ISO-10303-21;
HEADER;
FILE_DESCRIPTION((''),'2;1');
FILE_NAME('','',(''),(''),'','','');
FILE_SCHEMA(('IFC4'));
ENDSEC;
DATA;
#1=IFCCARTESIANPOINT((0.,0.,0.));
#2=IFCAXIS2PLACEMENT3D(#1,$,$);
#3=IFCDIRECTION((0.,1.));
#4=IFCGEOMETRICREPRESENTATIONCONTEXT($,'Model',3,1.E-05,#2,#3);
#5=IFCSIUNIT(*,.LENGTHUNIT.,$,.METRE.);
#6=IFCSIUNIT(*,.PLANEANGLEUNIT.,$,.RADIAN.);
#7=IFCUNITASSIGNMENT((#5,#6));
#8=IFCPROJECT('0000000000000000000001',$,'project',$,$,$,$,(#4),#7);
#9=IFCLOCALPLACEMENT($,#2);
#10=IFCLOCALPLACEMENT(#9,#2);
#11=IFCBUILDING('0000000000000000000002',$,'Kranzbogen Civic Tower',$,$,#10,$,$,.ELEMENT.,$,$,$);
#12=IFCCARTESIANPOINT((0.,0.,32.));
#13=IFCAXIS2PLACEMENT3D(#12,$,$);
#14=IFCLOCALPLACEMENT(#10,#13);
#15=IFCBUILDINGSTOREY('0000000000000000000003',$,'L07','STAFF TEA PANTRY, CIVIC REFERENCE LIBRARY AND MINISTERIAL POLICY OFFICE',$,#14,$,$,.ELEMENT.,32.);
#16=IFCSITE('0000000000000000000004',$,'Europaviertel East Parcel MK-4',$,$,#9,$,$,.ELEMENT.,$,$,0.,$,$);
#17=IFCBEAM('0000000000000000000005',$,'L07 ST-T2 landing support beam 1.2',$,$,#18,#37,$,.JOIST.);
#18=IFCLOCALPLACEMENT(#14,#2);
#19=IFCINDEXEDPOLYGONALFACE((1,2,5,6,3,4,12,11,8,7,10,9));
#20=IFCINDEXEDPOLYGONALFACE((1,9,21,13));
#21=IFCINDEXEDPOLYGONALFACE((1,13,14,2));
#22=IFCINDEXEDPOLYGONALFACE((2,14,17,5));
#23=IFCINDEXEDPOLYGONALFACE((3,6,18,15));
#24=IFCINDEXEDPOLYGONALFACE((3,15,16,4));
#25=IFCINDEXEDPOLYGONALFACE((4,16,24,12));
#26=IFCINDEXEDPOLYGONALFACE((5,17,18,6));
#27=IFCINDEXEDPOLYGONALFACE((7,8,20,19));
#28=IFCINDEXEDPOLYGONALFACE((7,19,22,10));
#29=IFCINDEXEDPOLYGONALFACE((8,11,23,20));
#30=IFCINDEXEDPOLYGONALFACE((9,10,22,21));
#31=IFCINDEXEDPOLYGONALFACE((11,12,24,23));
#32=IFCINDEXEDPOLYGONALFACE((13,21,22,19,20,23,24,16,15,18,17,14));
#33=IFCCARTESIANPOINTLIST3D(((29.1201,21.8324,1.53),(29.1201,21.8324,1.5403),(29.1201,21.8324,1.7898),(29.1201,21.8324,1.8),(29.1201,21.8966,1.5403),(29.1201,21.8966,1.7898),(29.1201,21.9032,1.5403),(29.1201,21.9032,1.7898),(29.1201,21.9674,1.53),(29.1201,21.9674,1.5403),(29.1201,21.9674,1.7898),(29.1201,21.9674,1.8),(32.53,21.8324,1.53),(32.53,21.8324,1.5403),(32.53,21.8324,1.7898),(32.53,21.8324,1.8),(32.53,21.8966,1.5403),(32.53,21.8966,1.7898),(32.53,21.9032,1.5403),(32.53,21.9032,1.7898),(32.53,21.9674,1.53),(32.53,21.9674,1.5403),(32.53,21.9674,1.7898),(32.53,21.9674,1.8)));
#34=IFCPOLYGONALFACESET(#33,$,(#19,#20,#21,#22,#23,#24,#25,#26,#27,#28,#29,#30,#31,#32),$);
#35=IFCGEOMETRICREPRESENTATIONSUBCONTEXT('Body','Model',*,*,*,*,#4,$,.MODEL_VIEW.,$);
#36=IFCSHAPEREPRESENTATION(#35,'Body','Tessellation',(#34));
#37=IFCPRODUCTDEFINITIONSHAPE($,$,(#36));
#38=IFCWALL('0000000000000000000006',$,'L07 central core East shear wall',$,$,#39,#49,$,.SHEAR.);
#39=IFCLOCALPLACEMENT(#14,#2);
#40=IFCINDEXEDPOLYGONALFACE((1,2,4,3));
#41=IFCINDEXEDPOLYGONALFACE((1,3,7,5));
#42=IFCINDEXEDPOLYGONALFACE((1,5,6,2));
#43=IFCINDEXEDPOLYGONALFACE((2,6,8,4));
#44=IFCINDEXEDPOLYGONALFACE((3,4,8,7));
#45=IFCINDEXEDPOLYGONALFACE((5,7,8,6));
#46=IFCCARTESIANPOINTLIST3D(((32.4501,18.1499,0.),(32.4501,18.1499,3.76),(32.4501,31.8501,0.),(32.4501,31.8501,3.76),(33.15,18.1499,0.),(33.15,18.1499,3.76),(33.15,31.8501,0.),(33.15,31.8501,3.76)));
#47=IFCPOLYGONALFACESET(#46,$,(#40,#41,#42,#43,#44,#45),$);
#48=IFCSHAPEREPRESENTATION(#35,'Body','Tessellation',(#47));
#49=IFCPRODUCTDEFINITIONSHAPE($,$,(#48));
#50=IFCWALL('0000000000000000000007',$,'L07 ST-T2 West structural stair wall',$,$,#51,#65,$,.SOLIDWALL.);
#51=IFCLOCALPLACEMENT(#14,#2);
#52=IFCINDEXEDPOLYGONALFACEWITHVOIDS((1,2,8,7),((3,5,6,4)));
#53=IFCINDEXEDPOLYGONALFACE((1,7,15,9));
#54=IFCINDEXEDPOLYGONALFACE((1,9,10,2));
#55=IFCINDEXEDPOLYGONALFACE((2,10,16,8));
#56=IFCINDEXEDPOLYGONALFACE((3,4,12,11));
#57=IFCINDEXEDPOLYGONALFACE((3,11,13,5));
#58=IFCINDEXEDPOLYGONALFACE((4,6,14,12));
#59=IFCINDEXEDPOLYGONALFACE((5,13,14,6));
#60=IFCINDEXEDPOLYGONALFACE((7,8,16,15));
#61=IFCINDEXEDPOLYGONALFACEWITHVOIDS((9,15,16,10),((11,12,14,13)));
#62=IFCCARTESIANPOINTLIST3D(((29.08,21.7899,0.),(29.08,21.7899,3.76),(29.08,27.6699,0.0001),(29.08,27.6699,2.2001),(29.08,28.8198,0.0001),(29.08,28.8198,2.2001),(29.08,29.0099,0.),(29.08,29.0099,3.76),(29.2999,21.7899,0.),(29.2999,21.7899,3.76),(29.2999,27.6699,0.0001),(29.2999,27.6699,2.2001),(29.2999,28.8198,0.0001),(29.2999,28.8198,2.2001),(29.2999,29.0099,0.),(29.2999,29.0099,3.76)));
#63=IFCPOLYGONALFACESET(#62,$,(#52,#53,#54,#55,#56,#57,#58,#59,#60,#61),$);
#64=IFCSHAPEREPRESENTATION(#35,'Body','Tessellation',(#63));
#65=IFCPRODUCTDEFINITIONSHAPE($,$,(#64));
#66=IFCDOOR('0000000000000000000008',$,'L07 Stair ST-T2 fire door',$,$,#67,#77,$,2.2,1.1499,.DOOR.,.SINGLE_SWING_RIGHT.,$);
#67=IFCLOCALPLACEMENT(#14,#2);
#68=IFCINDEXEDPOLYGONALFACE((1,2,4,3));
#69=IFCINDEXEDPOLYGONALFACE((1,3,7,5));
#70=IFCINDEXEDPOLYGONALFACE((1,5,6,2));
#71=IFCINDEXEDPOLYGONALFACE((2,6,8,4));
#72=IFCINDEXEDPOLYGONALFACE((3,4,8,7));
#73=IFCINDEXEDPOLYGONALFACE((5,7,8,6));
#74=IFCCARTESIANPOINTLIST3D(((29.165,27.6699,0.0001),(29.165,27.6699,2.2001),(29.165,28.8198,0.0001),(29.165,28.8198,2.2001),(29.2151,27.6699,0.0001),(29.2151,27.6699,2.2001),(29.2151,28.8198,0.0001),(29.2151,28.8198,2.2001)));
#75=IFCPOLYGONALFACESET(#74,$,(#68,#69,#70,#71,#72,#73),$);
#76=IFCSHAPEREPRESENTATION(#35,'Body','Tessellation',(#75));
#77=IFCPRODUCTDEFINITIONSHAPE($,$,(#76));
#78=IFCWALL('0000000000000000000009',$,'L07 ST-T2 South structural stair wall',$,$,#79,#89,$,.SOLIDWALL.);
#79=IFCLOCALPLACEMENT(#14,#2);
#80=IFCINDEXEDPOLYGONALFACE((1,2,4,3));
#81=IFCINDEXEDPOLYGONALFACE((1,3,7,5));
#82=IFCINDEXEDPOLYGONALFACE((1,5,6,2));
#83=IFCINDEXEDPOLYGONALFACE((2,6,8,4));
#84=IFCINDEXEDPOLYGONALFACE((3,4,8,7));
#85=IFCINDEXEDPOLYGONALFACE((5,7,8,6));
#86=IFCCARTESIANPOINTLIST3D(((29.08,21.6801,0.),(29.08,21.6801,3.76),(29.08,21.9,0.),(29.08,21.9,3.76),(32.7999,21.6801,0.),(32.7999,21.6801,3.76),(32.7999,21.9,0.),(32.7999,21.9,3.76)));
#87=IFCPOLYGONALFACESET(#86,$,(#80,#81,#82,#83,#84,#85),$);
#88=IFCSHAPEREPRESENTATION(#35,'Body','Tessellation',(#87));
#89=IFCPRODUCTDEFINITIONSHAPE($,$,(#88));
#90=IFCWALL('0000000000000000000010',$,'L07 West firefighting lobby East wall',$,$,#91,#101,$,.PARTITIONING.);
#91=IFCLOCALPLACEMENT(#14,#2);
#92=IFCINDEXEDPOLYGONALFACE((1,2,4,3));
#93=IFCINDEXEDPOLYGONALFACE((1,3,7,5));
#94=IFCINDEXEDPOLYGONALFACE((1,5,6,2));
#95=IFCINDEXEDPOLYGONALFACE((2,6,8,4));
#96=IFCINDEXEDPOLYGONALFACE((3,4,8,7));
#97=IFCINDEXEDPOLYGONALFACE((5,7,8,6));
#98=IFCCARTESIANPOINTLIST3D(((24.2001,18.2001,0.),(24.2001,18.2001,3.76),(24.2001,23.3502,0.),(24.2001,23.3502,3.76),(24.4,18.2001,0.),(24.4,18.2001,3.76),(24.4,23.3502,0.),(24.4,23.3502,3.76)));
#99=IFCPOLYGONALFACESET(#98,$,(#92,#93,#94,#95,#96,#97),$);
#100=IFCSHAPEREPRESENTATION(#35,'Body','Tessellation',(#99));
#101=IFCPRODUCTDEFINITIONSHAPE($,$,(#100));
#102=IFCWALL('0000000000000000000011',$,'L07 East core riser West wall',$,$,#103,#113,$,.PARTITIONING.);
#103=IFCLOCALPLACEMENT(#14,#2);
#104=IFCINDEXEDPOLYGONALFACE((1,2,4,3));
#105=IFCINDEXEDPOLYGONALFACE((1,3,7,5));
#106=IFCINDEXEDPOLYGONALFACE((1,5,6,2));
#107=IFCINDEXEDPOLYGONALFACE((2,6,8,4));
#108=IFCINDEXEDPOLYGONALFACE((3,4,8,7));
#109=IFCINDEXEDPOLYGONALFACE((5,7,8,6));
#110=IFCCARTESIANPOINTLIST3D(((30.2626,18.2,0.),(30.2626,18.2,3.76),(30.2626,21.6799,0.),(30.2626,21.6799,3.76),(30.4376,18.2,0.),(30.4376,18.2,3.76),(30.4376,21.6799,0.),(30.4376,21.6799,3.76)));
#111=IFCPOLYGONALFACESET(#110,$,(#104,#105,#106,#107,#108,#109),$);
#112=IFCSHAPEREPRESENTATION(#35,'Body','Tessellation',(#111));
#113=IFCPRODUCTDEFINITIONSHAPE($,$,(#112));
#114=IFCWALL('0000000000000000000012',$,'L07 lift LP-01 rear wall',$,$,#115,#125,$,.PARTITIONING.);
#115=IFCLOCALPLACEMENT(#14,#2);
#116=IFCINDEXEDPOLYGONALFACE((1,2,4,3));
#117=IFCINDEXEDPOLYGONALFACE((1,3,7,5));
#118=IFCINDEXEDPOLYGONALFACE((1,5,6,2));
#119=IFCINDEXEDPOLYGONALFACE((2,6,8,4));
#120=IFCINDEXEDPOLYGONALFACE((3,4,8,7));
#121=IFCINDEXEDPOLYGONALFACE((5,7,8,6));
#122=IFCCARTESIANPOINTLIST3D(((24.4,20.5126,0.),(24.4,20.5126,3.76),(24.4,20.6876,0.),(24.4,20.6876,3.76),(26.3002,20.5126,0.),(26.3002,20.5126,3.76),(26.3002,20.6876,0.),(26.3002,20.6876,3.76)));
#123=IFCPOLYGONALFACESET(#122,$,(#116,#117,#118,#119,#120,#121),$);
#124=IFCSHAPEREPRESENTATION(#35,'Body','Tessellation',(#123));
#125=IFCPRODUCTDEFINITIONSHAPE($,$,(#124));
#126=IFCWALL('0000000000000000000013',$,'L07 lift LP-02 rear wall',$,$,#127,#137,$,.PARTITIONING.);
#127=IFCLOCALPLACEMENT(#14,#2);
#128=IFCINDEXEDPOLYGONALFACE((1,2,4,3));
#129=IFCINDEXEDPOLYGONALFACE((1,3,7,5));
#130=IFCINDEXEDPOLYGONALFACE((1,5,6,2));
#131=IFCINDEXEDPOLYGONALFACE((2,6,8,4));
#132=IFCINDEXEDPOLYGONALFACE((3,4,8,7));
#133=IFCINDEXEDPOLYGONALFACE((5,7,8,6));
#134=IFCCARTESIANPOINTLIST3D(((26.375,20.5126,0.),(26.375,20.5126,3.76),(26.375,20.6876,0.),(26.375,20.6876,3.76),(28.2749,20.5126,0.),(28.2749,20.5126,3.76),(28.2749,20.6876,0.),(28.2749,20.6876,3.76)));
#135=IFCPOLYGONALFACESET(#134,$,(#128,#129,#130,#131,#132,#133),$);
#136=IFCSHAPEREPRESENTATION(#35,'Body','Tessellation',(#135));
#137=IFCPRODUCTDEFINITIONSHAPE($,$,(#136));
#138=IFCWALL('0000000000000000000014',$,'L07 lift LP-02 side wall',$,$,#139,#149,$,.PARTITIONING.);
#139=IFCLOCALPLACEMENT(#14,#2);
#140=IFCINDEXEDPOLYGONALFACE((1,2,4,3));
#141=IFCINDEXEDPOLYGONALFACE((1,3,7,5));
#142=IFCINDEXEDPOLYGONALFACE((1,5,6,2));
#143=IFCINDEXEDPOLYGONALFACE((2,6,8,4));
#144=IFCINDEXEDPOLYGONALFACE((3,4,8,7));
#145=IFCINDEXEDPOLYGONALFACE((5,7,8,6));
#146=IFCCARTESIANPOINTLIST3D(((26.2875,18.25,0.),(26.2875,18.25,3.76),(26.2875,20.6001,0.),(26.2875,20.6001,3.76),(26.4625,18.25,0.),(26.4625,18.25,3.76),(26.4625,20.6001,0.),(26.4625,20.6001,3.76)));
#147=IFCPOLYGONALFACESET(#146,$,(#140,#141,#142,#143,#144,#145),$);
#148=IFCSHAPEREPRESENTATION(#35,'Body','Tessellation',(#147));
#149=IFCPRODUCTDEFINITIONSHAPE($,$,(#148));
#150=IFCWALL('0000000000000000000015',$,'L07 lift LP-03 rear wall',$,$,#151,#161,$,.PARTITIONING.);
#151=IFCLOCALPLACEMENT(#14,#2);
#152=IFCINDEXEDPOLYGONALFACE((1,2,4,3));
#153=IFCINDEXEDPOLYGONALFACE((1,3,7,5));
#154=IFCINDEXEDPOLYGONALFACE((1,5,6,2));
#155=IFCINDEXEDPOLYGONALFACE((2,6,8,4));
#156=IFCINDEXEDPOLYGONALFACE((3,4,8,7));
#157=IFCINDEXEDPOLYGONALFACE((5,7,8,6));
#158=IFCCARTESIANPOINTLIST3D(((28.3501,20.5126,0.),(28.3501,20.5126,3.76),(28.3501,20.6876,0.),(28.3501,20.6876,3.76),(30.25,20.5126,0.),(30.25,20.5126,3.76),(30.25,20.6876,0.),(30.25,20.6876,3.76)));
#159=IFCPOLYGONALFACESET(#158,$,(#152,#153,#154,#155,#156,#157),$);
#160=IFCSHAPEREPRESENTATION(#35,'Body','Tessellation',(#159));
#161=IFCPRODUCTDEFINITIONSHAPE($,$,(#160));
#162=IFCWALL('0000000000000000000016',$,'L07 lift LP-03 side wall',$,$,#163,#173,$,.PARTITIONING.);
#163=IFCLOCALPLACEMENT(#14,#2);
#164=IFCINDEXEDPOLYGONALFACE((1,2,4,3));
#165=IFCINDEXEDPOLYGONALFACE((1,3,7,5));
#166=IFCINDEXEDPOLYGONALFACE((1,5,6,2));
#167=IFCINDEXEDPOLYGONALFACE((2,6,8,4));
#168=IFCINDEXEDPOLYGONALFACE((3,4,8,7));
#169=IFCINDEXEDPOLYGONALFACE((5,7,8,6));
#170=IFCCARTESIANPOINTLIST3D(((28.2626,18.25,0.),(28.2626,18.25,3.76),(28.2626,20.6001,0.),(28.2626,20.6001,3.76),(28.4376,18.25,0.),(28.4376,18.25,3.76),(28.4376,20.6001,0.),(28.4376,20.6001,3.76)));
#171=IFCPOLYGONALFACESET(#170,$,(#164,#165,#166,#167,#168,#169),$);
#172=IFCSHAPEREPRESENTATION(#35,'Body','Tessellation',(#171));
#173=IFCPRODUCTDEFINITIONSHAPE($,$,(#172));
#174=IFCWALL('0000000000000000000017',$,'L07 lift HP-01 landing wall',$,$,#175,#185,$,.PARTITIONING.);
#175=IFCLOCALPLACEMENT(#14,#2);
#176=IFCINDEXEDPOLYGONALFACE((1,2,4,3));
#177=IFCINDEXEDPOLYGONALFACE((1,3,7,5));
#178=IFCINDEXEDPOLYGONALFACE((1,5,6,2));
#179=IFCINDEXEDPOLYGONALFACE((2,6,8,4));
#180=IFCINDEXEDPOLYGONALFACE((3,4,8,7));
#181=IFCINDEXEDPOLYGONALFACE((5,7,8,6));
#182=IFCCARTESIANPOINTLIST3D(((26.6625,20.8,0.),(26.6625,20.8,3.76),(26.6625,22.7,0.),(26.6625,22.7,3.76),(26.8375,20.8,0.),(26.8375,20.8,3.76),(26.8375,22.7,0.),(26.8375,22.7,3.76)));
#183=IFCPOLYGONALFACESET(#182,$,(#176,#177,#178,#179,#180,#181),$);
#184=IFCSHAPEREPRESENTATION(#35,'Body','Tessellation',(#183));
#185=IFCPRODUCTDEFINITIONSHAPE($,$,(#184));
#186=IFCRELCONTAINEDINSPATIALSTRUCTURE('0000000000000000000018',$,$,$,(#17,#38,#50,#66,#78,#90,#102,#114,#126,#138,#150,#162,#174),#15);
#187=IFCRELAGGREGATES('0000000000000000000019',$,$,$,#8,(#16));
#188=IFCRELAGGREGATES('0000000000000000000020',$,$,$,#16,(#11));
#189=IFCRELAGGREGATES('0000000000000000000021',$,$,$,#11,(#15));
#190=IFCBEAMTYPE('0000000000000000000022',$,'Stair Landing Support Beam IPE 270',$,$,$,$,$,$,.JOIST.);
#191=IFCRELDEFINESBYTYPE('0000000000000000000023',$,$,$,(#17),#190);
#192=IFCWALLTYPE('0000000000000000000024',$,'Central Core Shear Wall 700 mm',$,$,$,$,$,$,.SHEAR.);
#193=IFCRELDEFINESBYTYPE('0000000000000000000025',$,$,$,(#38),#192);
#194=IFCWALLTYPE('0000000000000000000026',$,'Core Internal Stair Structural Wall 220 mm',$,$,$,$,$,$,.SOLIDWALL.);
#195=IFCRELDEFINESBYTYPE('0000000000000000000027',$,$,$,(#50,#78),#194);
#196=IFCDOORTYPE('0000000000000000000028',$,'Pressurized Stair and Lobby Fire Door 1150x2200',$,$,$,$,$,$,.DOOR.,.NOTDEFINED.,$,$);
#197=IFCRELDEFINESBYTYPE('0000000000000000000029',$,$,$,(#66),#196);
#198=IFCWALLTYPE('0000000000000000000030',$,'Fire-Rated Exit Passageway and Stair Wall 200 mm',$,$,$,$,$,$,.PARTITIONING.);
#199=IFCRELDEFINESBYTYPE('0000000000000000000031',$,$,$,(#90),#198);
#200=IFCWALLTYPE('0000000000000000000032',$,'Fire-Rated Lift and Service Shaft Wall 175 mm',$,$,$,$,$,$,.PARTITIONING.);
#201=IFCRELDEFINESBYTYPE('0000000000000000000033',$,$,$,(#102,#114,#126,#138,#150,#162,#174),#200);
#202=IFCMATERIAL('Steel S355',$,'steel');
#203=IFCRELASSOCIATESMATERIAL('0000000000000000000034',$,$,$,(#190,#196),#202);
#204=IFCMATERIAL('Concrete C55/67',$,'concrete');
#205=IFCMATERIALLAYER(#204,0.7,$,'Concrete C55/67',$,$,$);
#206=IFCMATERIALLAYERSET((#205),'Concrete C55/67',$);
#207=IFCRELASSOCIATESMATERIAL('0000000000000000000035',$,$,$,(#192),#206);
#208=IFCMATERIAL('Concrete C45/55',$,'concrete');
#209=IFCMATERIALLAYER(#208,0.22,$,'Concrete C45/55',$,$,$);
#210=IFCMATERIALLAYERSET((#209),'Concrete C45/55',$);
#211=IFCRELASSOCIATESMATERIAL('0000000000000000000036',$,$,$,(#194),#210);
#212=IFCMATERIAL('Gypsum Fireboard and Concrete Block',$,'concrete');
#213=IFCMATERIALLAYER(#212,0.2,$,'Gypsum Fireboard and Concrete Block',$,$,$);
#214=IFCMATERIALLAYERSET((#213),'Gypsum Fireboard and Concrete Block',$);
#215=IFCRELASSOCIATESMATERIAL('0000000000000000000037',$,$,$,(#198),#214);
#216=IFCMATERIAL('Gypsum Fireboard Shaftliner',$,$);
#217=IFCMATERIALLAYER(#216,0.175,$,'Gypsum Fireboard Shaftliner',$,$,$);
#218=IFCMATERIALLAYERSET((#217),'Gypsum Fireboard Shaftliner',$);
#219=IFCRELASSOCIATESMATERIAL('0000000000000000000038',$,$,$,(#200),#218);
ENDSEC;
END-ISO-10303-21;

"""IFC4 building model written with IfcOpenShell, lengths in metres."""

from ifc_helpers import new_model, si_unit, direction, frame, frame_2d, origin, origin_2d, place, context, subcontext, project, spatial, rectangle, i_section, extrude, material, layer, layer_set, material_profile, profile_set, type_object, element, fill, save


model = new_model("IFC4")

# Units and contexts
model_context = context("Model", 3, precision=1e-05, world=origin(), true_north=direction((0.0, 1.0)))
body_context = subcontext(model_context, "Body", "Model", "MODEL_VIEW")
ifc_project = project(units=[si_unit("LENGTHUNIT", "METRE"), si_unit("PLANEANGLEUNIT", "RADIAN")], contexts=[model_context])

# Site, building, storey
site_placement = place(None, origin())
site = spatial("IfcSite", under=ifc_project, at=site_placement, Name="Europaviertel East Parcel MK-4", CompositionType="ELEMENT", RefElevation=0.0)
building_placement = place(site_placement, origin())
building = spatial("IfcBuilding", under=site, at=building_placement, Name="Kranzbogen Civic Tower", CompositionType="ELEMENT")
storey_placement = place(building_placement, frame((0.0, 0.0, 32.0)))
storey = spatial("IfcBuildingStorey", under=building, at=storey_placement, Name="L07", Description="STAFF TEA PANTRY, CIVIC REFERENCE LIBRARY AND MINISTERIAL POLICY OFFICE", CompositionType="ELEMENT", Elevation=32.0)

# Beam
ifc_material_1 = material(Name="Steel S355", Category="steel")
ifc_material_profile = material_profile(ifc_material_1, i_section(OverallWidth=0.135, OverallDepth=0.27, WebThickness=0.0066, FlangeThickness=0.0103, at=origin_2d()), Name="IPE 270")
ifc_profile_set = profile_set([ifc_material_profile], Name="Steel S355")
beam_type = type_object("IfcBeamType", Name="Stair Landing Support Beam IPE 270", PredefinedType="JOIST", material=ifc_profile_set)
beam_placement = place(storey_placement, frame((29.1201, 21.8999, 1.665), z_axis=(1.0, 0.0, 0.0), x_axis=(0.0, 1.0, 0.0)))
element("IfcBeam", 1, at=beam_placement, inside=storey, type_object=beam_type, Name="L07 ST-T2 landing support beam 1.2", PredefinedType="JOIST", context=body_context, shape_type="SweptSolid", body=[
    extrude(i_section(OverallWidth=0.135, OverallDepth=0.27, WebThickness=0.0066, FlangeThickness=0.0103, at=origin_2d()), origin(), (0.0, 0.0, 1.0), 3.4099),
])

# Wall
ifc_material_2 = material(Name="Concrete C55/67", Category="concrete")
ifc_layer_1 = layer(ifc_material_2, 0.7, Name="Concrete C55/67")
ifc_layer_set_1 = layer_set([ifc_layer_1], Name="Concrete C55/67")
wall_type_1 = type_object("IfcWallType", Name="Central Core Shear Wall 700 mm", PredefinedType="SHEAR", material=ifc_layer_set_1)
wall_1_placement = place(storey_placement, frame((32.8, 18.1499, 0.0), z_axis=(0.0, 0.0, 1.0), x_axis=(0.0, 1.0, 0.0)))
element("IfcWall", 2, at=wall_1_placement, inside=storey, type_object=wall_type_1, Name="L07 central core East shear wall", PredefinedType="SHEAR", context=body_context, shape_type="SweptSolid", body=[
    extrude(rectangle(XDim=13.7002, YDim=0.7, at=frame_2d((6.8501, 0.0))), origin(), (0.0, 0.0, 1.0), 3.76),
])

# Wall, opening, door
ifc_material_3 = material(Name="Concrete C45/55", Category="concrete")
ifc_layer_2 = layer(ifc_material_3, 0.22, Name="Concrete C45/55")
ifc_layer_set_2 = layer_set([ifc_layer_2], Name="Concrete C45/55")
wall_type_2 = type_object("IfcWallType", Name="Core Internal Stair Structural Wall 220 mm", PredefinedType="SOLIDWALL", material=ifc_layer_set_2)
wall_2_placement = place(storey_placement, frame((29.1899, 21.79, 0.0), z_axis=(0.0, 0.0, 1.0), x_axis=(0.0, 1.0, 0.0)))
wall_2 = element("IfcWall", 3, at=wall_2_placement, inside=storey, type_object=wall_type_2, Name="L07 ST-T2 West structural stair wall", PredefinedType="SOLIDWALL", context=body_context, shape_type="SweptSolid", body=[
    extrude(rectangle(XDim=7.22, YDim=0.22, at=frame_2d((3.6099, 0.0))), origin(), (0.0, 0.0, 1.0), 3.76),
])
opening_1_placement = place(wall_2_placement, frame((5.8799, 0.0, 0.0)))
opening_1 = element("IfcOpeningElement", 4, at=opening_1_placement, cuts=wall_2, PredefinedType="OPENING", context=body_context, shape_type="SweptSolid", body=[
    extrude(rectangle(XDim=1.1499, YDim=2.2, at=frame_2d((0.575, 1.1001))), frame((0.0, 0.1201, 0.0), z_axis=(0.0, -1.0, 0.0), x_axis=(1.0, 0.0, 0.0)), (0.0, 0.0, 1.0), 0.24),
])
door_type_1 = type_object("IfcDoorType", Name="Pressurized Stair and Lobby Fire Door 1150x2200", OperationType="NOTDEFINED", PredefinedType="DOOR", material=ifc_material_1)
door_1_placement = place(opening_1_placement, origin())
door_1 = element("IfcDoor", 5, at=door_1_placement, inside=storey, type_object=door_type_1, Name="L07 Stair ST-T2 fire door", OperationType="SINGLE_SWING_RIGHT", OverallHeight=2.2, OverallWidth=1.1499, PredefinedType="DOOR", context=body_context, shape_type="SweptSolid", body=[
    extrude(rectangle(XDim=1.1499, YDim=2.2, at=frame_2d((0.575, 1.1001))), frame((0.0, 0.0249, 0.0), z_axis=(0.0, -1.0, 0.0), x_axis=(1.0, 0.0, 0.0)), (0.0, 0.0, 1.0), 0.05),
])
fill(opening_1, door_1)

# Walls
wall_3_placement = place(storey_placement, frame((29.0801, 21.79, 0.0), z_axis=(0.0, 0.0, 1.0), x_axis=(1.0, 0.0, 0.0)))
element("IfcWall", 6, at=wall_3_placement, inside=storey, type_object=wall_type_2, Name="L07 ST-T2 South structural stair wall", PredefinedType="SOLIDWALL", context=body_context, shape_type="SweptSolid", body=[
    extrude(rectangle(XDim=3.72, YDim=0.22, at=frame_2d((1.8599, 0.0))), origin(), (0.0, 0.0, 1.0), 3.76),
])
ifc_material_4 = material(Name="Gypsum Fireboard and Concrete Block", Category="concrete")
ifc_layer_3 = layer(ifc_material_4, 0.2, Name="Gypsum Fireboard and Concrete Block")
ifc_layer_set_3 = layer_set([ifc_layer_3], Name="Gypsum Fireboard and Concrete Block")
wall_type_3 = type_object("IfcWallType", Name="Fire-Rated Exit Passageway and Stair Wall 200 mm", PredefinedType="PARTITIONING", material=ifc_layer_set_3)
wall_4_placement = place(storey_placement, frame((24.3, 18.2, 0.0), z_axis=(0.0, 0.0, 1.0), x_axis=(0.0, 1.0, 0.0)))
element("IfcWall", 7, at=wall_4_placement, inside=storey, type_object=wall_type_3, Name="L07 West firefighting lobby East wall", PredefinedType="PARTITIONING", context=body_context, shape_type="SweptSolid", body=[
    extrude(rectangle(XDim=5.1501, YDim=0.2, at=frame_2d((2.5752, 0.0))), origin(), (0.0, 0.0, 1.0), 3.76),
])
ifc_material_5 = material(Name="Gypsum Fireboard Shaftliner")
ifc_layer_4 = layer(ifc_material_5, 0.175, Name="Gypsum Fireboard Shaftliner")
ifc_layer_set_4 = layer_set([ifc_layer_4], Name="Gypsum Fireboard Shaftliner")
wall_type_4 = type_object("IfcWallType", Name="Fire-Rated Lift and Service Shaft Wall 175 mm", PredefinedType="PARTITIONING", material=ifc_layer_set_4)
wall_5_placement = place(storey_placement, frame((30.3501, 18.2, 0.0), z_axis=(0.0, 0.0, 1.0), x_axis=(0.0, 1.0, 0.0)))
element("IfcWall", 8, at=wall_5_placement, inside=storey, type_object=wall_type_4, Name="L07 East core riser West wall", PredefinedType="PARTITIONING", context=body_context, shape_type="SweptSolid", body=[
    extrude(rectangle(XDim=3.48, YDim=0.175, at=frame_2d((1.74, 0.0))), origin(), (0.0, 0.0, 1.0), 3.76),
])
wall_6_placement = place(storey_placement, frame((24.3999, 20.6001, 0.0), z_axis=(0.0, 0.0, 1.0), x_axis=(1.0, 0.0, 0.0)))
element("IfcWall", 9, at=wall_6_placement, inside=storey, type_object=wall_type_4, Name="L07 lift LP-01 rear wall", PredefinedType="PARTITIONING", context=body_context, shape_type="SweptSolid", body=[
    extrude(rectangle(XDim=1.9001, YDim=0.175, at=frame_2d((0.9502, 0.0))), origin(), (0.0, 0.0, 1.0), 3.76),
])
wall_7_placement = place(storey_placement, frame((26.375, 20.6001, 0.0), z_axis=(0.0, 0.0, 1.0), x_axis=(1.0, 0.0, 0.0)))
element("IfcWall", 10, at=wall_7_placement, inside=storey, type_object=wall_type_4, Name="L07 lift LP-02 rear wall", PredefinedType="PARTITIONING", context=body_context, shape_type="SweptSolid", body=[
    extrude(rectangle(XDim=1.8999, YDim=0.175, at=frame_2d((0.95, 0.0))), origin(), (0.0, 0.0, 1.0), 3.76),
])
wall_8_placement = place(storey_placement, frame((26.375, 18.25, 0.0), z_axis=(0.0, 0.0, 1.0), x_axis=(0.0, 1.0, 0.0)))
element("IfcWall", 11, at=wall_8_placement, inside=storey, type_object=wall_type_4, Name="L07 lift LP-02 side wall", PredefinedType="PARTITIONING", context=body_context, shape_type="SweptSolid", body=[
    extrude(rectangle(XDim=2.3501, YDim=0.175, at=frame_2d((1.175, 0.0))), origin(), (0.0, 0.0, 1.0), 3.76),
])
wall_9_placement = place(storey_placement, frame((28.3501, 20.6001, 0.0), z_axis=(0.0, 0.0, 1.0), x_axis=(1.0, 0.0, 0.0)))
element("IfcWall", 12, at=wall_9_placement, inside=storey, type_object=wall_type_4, Name="L07 lift LP-03 rear wall", PredefinedType="PARTITIONING", context=body_context, shape_type="SweptSolid", body=[
    extrude(rectangle(XDim=1.8999, YDim=0.175, at=frame_2d((0.95, 0.0))), origin(), (0.0, 0.0, 1.0), 3.76),
])
wall_10_placement = place(storey_placement, frame((28.3501, 18.25, 0.0), z_axis=(0.0, 0.0, 1.0), x_axis=(0.0, 1.0, 0.0)))
element("IfcWall", 13, at=wall_10_placement, inside=storey, type_object=wall_type_4, Name="L07 lift LP-03 side wall", PredefinedType="PARTITIONING", context=body_context, shape_type="SweptSolid", body=[
    extrude(rectangle(XDim=2.3501, YDim=0.175, at=frame_2d((1.175, 0.0))), origin(), (0.0, 0.0, 1.0), 3.76),
])
wall_11_placement = place(storey_placement, frame((26.75, 20.8, 0.0), z_axis=(0.0, 0.0, 1.0), x_axis=(0.0, 1.0, 0.0)))
element("IfcWall", 14, at=wall_11_placement, inside=storey, type_object=wall_type_4, Name="L07 lift HP-01 landing wall", PredefinedType="PARTITIONING", context=body_context, shape_type="SweptSolid", body=[
    extrude(rectangle(XDim=1.8999, YDim=0.175, at=frame_2d((0.95, 0.0))), origin(), (0.0, 0.0, 1.0), 3.76),
])

save(model, "model.ifc")
